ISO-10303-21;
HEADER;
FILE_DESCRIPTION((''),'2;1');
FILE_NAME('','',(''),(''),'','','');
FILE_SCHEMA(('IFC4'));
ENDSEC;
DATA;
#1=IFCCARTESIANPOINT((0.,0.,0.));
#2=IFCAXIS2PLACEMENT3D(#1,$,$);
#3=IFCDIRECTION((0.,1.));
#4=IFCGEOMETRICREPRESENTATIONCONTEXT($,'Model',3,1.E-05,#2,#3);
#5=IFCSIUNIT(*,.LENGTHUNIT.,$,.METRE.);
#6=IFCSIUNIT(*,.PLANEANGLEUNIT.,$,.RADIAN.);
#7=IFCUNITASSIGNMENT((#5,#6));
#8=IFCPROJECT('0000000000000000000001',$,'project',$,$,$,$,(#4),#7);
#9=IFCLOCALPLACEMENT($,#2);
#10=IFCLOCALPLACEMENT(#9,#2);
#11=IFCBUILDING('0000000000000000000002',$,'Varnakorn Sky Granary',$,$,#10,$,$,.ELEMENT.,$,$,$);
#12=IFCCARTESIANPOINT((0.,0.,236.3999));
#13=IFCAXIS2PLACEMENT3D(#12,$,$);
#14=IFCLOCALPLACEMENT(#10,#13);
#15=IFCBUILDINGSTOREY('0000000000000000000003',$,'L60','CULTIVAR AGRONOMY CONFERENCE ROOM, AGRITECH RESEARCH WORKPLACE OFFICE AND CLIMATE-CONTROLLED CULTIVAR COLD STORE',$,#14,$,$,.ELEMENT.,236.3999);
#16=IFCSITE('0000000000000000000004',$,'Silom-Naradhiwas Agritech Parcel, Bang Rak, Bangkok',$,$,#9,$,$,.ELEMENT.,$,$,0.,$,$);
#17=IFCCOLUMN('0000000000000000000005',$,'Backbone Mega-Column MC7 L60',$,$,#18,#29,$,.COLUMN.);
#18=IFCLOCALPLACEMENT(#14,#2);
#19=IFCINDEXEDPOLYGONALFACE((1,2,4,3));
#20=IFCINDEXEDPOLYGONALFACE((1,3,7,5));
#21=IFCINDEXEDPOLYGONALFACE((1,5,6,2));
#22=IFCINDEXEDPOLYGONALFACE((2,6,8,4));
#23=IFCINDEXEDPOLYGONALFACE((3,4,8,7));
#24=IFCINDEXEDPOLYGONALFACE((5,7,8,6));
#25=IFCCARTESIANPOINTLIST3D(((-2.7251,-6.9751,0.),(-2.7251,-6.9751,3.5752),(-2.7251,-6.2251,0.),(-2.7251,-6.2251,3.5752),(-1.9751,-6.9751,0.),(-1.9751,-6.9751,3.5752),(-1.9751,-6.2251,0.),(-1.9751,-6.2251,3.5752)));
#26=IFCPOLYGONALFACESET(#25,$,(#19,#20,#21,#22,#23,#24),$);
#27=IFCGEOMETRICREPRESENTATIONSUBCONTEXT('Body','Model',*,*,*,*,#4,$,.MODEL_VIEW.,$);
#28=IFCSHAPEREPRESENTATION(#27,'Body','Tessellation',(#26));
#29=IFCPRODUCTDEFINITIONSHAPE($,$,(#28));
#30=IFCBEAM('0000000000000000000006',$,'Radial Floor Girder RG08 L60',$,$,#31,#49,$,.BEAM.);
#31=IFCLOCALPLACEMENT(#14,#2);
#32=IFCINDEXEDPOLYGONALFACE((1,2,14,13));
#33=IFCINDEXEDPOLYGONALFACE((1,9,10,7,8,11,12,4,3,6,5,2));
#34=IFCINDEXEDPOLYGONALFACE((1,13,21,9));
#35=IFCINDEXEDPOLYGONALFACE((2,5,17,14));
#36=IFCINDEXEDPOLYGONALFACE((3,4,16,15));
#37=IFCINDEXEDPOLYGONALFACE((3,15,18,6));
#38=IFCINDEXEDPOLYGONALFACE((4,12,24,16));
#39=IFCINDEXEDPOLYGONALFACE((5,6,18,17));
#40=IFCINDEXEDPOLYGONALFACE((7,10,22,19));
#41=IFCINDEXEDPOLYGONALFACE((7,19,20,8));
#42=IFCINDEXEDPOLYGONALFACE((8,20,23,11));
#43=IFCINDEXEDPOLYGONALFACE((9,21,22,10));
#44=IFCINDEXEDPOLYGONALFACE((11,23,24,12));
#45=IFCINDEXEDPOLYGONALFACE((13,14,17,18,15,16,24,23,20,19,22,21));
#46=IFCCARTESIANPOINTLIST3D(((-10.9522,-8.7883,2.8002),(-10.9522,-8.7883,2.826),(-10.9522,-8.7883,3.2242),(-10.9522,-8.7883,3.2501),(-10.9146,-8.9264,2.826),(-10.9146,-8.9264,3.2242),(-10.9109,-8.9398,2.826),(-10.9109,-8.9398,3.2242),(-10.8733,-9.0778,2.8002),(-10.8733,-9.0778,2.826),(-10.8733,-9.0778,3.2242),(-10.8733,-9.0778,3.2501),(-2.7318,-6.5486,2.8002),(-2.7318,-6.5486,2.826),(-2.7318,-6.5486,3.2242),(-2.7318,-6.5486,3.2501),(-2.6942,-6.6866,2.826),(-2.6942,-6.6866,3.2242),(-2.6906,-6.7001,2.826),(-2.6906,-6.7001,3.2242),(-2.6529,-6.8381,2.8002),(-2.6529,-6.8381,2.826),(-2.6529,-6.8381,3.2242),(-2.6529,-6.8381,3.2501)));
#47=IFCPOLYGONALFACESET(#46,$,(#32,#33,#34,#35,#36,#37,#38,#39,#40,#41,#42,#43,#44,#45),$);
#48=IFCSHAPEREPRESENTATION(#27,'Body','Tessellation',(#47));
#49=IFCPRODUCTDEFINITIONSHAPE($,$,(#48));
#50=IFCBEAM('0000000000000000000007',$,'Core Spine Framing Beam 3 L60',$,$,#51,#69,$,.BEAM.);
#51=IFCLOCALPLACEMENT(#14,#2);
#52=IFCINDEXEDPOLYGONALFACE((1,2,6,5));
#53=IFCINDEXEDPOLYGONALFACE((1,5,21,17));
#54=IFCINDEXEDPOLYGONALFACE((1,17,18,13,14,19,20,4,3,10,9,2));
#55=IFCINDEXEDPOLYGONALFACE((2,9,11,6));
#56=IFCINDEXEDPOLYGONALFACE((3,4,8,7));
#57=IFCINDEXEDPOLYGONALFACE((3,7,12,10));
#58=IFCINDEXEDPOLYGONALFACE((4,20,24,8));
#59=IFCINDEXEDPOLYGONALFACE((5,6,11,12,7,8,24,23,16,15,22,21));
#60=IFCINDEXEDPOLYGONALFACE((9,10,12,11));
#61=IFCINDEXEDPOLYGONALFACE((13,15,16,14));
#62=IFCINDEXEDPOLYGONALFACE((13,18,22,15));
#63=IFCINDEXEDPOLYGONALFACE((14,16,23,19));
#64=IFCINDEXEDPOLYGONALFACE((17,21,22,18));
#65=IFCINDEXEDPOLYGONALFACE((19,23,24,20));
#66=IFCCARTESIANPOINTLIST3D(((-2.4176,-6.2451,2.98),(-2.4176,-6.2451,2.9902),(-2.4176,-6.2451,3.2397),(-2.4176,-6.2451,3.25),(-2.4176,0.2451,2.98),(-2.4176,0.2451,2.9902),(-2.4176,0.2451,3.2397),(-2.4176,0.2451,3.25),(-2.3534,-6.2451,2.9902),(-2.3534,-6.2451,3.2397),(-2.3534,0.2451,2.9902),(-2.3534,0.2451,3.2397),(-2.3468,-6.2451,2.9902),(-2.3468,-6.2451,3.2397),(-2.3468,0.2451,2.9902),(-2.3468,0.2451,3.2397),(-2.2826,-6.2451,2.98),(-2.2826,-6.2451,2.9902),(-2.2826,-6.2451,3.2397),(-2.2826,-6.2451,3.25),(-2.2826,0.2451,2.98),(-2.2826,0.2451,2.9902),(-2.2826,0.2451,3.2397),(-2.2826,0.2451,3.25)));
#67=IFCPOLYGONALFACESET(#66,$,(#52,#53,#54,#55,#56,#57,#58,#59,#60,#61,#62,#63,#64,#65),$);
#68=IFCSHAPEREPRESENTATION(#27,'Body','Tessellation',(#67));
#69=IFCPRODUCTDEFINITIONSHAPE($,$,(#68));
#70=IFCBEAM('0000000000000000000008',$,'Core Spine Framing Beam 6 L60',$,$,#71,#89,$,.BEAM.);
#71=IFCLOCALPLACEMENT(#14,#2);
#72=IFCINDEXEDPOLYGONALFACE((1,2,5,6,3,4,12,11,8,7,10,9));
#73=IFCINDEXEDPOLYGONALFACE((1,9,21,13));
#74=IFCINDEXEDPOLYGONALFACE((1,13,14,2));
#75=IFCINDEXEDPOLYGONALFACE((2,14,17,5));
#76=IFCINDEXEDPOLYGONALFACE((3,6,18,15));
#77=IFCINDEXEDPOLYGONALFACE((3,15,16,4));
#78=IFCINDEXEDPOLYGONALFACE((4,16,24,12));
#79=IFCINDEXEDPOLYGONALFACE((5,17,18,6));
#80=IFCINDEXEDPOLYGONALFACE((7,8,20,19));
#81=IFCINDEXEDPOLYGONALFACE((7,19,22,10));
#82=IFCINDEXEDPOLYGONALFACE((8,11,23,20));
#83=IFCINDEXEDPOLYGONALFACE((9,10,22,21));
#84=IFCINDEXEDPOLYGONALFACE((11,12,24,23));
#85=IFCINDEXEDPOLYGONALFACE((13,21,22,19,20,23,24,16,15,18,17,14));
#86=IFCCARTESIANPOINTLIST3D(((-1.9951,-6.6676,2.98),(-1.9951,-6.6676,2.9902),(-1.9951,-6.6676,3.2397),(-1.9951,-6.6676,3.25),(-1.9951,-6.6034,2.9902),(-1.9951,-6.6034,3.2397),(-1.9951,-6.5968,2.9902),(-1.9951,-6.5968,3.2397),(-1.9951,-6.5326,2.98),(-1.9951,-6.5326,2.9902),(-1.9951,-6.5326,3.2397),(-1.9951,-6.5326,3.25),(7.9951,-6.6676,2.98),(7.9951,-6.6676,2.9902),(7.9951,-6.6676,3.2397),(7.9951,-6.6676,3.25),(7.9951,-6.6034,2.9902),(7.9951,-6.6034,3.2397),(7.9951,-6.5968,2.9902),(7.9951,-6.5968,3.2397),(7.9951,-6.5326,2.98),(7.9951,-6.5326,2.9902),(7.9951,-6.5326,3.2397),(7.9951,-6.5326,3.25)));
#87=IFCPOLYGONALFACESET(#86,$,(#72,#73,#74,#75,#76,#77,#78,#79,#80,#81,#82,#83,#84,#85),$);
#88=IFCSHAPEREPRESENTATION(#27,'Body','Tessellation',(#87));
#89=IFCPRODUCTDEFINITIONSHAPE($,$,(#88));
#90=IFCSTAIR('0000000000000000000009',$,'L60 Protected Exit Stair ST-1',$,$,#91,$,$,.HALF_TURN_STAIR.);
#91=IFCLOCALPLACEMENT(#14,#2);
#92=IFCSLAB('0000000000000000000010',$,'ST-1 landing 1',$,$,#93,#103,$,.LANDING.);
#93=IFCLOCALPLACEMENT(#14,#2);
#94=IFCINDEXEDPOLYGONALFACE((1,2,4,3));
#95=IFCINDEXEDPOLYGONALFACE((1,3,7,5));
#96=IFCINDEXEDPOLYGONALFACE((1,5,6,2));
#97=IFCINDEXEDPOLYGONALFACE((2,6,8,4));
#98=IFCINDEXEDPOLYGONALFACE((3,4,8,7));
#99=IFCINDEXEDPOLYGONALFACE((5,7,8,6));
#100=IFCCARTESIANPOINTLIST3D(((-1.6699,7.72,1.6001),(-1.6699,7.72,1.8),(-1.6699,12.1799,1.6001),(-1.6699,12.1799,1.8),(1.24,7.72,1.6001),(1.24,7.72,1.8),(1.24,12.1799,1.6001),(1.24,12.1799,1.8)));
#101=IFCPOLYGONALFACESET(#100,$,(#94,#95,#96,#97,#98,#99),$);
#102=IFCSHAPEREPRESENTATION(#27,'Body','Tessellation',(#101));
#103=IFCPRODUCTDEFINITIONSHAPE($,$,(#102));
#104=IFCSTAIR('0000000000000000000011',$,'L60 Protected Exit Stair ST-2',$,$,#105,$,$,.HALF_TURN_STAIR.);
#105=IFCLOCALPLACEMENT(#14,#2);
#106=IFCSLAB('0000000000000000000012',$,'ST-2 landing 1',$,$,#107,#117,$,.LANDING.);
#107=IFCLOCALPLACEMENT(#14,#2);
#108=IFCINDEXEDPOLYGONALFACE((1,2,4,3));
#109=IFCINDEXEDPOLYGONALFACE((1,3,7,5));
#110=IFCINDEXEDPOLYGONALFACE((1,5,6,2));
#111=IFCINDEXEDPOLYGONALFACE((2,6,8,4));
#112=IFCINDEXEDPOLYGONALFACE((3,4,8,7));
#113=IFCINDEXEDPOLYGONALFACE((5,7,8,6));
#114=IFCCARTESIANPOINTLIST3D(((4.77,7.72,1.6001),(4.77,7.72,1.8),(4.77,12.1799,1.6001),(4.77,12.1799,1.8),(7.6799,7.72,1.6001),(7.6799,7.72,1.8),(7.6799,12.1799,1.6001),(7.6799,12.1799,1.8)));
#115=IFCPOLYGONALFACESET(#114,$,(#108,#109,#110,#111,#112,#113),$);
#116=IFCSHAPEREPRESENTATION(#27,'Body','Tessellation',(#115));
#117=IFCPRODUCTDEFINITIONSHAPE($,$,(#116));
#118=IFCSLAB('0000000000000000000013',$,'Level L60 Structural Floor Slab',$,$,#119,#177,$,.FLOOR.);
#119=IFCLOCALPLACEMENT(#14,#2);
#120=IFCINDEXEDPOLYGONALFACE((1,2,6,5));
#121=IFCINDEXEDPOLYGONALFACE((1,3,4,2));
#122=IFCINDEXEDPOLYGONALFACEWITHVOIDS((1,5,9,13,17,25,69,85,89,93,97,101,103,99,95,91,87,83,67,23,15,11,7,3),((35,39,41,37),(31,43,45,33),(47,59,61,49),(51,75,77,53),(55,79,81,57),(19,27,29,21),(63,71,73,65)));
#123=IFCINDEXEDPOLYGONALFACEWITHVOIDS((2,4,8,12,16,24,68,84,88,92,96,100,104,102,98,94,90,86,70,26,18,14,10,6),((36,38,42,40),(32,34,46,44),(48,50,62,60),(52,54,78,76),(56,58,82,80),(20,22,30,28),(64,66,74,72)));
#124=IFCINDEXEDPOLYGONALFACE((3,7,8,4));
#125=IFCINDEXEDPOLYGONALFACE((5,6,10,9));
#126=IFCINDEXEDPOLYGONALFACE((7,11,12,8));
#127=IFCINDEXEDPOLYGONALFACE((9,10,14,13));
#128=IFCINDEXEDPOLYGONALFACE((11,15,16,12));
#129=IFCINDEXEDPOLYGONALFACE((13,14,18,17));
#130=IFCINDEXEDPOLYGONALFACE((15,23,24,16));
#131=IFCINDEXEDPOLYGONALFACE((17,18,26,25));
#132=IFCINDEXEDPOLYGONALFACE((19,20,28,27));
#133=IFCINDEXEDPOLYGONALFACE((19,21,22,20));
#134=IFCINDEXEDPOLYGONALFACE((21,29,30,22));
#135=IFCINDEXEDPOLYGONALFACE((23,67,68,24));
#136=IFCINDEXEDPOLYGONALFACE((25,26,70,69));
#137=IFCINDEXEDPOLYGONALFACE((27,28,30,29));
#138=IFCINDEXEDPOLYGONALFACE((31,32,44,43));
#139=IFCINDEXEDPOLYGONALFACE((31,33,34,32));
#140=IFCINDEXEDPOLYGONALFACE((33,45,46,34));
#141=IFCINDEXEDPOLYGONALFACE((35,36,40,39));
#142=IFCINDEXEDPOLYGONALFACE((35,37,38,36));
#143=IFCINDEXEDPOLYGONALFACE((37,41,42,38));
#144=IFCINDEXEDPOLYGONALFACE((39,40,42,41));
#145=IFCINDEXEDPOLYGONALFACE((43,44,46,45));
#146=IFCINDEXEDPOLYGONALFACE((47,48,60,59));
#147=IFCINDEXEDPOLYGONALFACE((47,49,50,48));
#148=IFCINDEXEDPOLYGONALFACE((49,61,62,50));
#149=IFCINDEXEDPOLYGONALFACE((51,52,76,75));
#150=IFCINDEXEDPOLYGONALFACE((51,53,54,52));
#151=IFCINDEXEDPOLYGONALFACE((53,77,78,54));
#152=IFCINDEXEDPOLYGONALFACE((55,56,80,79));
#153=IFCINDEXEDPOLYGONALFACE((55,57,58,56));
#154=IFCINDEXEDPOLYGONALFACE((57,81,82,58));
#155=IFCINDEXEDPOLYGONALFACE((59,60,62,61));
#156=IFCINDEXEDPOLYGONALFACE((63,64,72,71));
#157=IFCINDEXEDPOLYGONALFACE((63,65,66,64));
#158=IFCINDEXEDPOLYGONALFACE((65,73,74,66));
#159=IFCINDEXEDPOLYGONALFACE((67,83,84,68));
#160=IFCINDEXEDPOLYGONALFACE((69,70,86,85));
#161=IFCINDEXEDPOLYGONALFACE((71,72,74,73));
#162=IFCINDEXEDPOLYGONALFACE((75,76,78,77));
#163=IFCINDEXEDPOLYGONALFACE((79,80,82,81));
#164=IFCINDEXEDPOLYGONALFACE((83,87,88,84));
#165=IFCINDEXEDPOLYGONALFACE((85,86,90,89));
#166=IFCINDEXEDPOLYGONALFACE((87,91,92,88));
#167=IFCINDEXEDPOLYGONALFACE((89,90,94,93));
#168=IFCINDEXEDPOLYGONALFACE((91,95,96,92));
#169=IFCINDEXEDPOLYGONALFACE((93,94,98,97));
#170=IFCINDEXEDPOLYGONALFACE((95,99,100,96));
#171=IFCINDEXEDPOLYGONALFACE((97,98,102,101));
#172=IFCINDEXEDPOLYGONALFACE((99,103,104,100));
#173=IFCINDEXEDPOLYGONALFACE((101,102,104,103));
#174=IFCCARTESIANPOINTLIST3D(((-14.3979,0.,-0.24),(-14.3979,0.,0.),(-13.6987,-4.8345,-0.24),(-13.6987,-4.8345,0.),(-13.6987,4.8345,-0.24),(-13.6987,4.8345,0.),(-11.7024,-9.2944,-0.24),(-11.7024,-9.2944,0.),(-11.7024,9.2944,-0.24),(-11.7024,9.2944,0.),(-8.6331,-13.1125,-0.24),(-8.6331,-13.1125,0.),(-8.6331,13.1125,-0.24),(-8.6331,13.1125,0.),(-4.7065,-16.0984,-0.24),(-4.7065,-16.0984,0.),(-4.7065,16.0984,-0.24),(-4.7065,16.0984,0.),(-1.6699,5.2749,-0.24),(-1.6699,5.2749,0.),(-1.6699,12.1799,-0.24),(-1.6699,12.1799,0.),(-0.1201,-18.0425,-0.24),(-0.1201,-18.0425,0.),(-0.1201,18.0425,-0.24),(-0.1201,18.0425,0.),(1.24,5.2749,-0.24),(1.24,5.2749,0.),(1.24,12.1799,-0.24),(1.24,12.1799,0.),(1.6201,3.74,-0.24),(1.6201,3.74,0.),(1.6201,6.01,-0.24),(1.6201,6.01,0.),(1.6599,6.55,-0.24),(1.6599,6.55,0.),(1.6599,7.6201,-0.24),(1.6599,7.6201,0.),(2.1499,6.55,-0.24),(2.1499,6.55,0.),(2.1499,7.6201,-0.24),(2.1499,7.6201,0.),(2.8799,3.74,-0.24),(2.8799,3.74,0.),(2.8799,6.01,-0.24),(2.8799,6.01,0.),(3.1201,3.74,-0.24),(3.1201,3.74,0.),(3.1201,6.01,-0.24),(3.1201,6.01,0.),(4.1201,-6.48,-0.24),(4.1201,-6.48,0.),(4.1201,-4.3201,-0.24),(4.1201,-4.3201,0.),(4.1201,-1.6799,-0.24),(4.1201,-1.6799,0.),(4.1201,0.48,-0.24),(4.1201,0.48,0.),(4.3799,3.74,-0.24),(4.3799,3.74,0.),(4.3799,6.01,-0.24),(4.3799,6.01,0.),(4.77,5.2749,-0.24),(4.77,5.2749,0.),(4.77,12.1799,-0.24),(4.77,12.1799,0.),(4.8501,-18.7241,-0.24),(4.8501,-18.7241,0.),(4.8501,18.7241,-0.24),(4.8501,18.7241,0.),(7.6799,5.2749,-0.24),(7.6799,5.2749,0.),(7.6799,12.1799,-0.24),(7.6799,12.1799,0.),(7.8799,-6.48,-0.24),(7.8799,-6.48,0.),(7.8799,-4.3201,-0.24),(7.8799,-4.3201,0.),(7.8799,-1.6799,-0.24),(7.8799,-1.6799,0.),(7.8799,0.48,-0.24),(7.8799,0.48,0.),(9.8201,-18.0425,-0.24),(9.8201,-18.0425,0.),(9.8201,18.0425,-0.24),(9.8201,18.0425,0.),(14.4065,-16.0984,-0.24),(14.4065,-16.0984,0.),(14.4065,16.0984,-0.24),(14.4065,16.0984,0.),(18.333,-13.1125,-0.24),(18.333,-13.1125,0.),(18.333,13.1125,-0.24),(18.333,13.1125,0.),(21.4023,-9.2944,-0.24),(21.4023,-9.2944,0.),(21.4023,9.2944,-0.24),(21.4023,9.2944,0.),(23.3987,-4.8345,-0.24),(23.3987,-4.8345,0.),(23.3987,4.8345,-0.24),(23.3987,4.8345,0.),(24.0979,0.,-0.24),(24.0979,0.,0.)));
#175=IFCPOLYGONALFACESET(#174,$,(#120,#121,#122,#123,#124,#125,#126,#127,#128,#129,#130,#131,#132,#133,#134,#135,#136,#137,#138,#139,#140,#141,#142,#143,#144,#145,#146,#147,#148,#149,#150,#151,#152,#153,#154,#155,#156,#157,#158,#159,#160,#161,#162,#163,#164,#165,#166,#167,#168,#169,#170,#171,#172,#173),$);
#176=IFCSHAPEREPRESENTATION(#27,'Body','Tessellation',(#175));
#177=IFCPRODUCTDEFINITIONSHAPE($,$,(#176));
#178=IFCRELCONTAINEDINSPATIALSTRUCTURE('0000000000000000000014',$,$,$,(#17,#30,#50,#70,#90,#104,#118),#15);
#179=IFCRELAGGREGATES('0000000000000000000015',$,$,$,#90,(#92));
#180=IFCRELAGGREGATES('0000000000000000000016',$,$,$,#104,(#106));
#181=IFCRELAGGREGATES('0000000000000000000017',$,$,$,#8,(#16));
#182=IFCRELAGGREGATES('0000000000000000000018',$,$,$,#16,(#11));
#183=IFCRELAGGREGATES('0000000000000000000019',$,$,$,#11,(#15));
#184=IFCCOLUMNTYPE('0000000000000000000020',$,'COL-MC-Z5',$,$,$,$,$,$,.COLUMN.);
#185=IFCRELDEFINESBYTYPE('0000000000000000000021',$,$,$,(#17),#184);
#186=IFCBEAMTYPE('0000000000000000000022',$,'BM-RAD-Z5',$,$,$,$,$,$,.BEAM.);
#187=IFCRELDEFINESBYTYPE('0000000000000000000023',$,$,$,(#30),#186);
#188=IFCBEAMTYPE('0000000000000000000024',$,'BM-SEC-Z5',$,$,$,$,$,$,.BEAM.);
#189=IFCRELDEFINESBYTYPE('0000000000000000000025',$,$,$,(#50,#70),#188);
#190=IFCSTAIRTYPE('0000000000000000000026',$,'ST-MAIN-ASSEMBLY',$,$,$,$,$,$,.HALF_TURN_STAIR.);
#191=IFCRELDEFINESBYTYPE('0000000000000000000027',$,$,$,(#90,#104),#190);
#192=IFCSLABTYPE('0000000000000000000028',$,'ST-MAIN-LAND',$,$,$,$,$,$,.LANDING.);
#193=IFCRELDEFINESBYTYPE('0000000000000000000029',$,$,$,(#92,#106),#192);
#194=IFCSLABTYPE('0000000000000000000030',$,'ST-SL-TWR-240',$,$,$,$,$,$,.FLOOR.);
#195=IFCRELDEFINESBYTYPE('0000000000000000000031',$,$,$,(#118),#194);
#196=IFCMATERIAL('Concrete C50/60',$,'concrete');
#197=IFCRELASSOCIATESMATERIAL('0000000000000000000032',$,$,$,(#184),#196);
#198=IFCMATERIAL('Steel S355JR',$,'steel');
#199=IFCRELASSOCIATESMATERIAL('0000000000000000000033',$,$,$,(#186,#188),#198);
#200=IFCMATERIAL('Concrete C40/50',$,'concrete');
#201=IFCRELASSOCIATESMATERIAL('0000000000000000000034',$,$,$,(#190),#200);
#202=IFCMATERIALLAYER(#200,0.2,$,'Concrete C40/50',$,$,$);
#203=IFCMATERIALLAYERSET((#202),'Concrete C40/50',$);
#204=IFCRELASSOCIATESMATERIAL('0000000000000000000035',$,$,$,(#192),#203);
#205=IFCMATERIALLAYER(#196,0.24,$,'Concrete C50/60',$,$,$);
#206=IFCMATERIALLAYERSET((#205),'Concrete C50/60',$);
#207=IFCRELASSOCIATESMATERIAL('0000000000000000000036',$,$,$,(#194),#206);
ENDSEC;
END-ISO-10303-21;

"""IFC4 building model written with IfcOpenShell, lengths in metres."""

from ifc_helpers import new_model, si_unit, direction, frame, origin, origin_2d, place, context, subcontext, project, spatial, polyline, rectangle, i_section, outline, extrude, material, layer, layer_set, material_profile, profile_set, type_object, element, aggregate, save


model = new_model("IFC4")

# Units and contexts
model_context = context("Model", 3, precision=1e-05, world=origin(), true_north=direction((0.0, 1.0)))
body_context = subcontext(model_context, "Body", "Model", "MODEL_VIEW")
ifc_project = project(units=[si_unit("LENGTHUNIT", "METRE"), si_unit("PLANEANGLEUNIT", "RADIAN")], contexts=[model_context])

# Site, building, storey
site_placement = place(None, origin())
site = spatial("IfcSite", under=ifc_project, at=site_placement, Name="Silom-Naradhiwas Agritech Parcel, Bang Rak, Bangkok", CompositionType="ELEMENT", RefElevation=0.0)
building_placement = place(site_placement, origin())
building = spatial("IfcBuilding", under=site, at=building_placement, Name="Varnakorn Sky Granary", CompositionType="ELEMENT")
storey_placement = place(building_placement, frame((0.0, 0.0, 236.3999)))
storey = spatial("IfcBuildingStorey", under=building, at=storey_placement, Name="L60", Description="CULTIVAR AGRONOMY CONFERENCE ROOM, AGRITECH RESEARCH WORKPLACE OFFICE AND CLIMATE-CONTROLLED CULTIVAR COLD STORE", CompositionType="ELEMENT", Elevation=236.3999)

# Column
ifc_material_1 = material(Name="Concrete C50/60", Category="concrete")
ifc_material_profile_1 = material_profile(ifc_material_1, rectangle(XDim=0.75, YDim=0.75, at=origin_2d()), Name="RC 750x750")
ifc_profile_set_1 = profile_set([ifc_material_profile_1], Name="Concrete C50/60")
column_type = type_object("IfcColumnType", Name="COL-MC-Z5", PredefinedType="COLUMN", material=ifc_profile_set_1)
column_placement = place(storey_placement, frame((-2.3501, -6.6001, 0.0), z_axis=(0.0, 0.0, 1.0), x_axis=(1.0, 0.0, 0.0)))
element("IfcColumn", 1, at=column_placement, inside=storey, type_object=column_type, Name="Backbone Mega-Column MC7 L60", PredefinedType="COLUMN", context=body_context, shape_type="SweptSolid", body=[
    extrude(rectangle(XDim=0.75, YDim=0.75, at=origin_2d()), origin(), (0.0, 0.0, 1.0), 3.5752),
])

# Beams
ifc_material_2 = material(Name="Steel S355JR", Category="steel")
ifc_material_profile_2 = material_profile(ifc_material_2, i_section(OverallWidth=0.3, OverallDepth=0.45, WebThickness=0.0139, FlangeThickness=0.0259, at=origin_2d()), Name="HE 450 B")
ifc_profile_set_2 = profile_set([ifc_material_profile_2], Name="Steel S355JR")
beam_type_1 = type_object("IfcBeamType", Name="BM-RAD-Z5", PredefinedType="BEAM", material=ifc_profile_set_2)
beam_1_placement = place(storey_placement, frame((-2.6924, -6.6934, 3.0251), z_axis=(-0.964829, -0.262877, 0.0), x_axis=(0.262877, -0.964829, 0.0)))
element("IfcBeam", 2, at=beam_1_placement, inside=storey, type_object=beam_type_1, Name="Radial Floor Girder RG08 L60", PredefinedType="BEAM", context=body_context, shape_type="SweptSolid", body=[
    extrude(i_section(OverallWidth=0.3, OverallDepth=0.45, WebThickness=0.0139, FlangeThickness=0.0259, at=origin_2d()), origin(), (0.0, 0.0, 1.0), 8.52),
])
ifc_material_profile_3 = material_profile(ifc_material_2, i_section(OverallWidth=0.135, OverallDepth=0.27, WebThickness=0.0066, FlangeThickness=0.0103, at=origin_2d()), Name="IPE 270")
ifc_profile_set_3 = profile_set([ifc_material_profile_3], Name="Steel S355JR")
beam_type_2 = type_object("IfcBeamType", Name="BM-SEC-Z5", PredefinedType="BEAM", material=ifc_profile_set_3)
beam_2_placement = place(storey_placement, frame((-2.3501, 0.2451, 3.115), z_axis=(0.0, -1.0, 0.0), x_axis=(1.0, 0.0, 0.0)))
element("IfcBeam", 3, at=beam_2_placement, inside=storey, type_object=beam_type_2, Name="Core Spine Framing Beam 3 L60", PredefinedType="BEAM", context=body_context, shape_type="SweptSolid", body=[
    extrude(i_section(OverallWidth=0.135, OverallDepth=0.27, WebThickness=0.0066, FlangeThickness=0.0103, at=origin_2d()), origin(), (0.0, 0.0, 1.0), 6.4902),
])
beam_3_placement = place(storey_placement, frame((-1.9951, -6.6001, 3.115), z_axis=(1.0, 0.0, 0.0), x_axis=(0.0, 1.0, 0.0)))
element("IfcBeam", 4, at=beam_3_placement, inside=storey, type_object=beam_type_2, Name="Core Spine Framing Beam 6 L60", PredefinedType="BEAM", context=body_context, shape_type="SweptSolid", body=[
    extrude(i_section(OverallWidth=0.135, OverallDepth=0.27, WebThickness=0.0066, FlangeThickness=0.0103, at=origin_2d()), origin(), (0.0, 0.0, 1.0), 9.9902),
])

# Stairs, slabs
ifc_material_3 = material(Name="Concrete C40/50", Category="concrete")
stair_type = type_object("IfcStairType", Name="ST-MAIN-ASSEMBLY", PredefinedType="HALF_TURN_STAIR", material=ifc_material_3)
stair_1_placement = place(storey_placement, origin())
stair_1 = element("IfcStair", 5, at=stair_1_placement, inside=storey, type_object=stair_type, Name="L60 Protected Exit Stair ST-1", PredefinedType="HALF_TURN_STAIR")
ifc_layer_1 = layer(ifc_material_3, 0.2, Name="Concrete C40/50")
ifc_layer_set_1 = layer_set([ifc_layer_1], Name="Concrete C40/50")
slab_type_1 = type_object("IfcSlabType", Name="ST-MAIN-LAND", PredefinedType="LANDING", material=ifc_layer_set_1)
slab_1_placement = place(storey_placement, frame((0.0, 0.0, 1.6001)))
slab_1 = element("IfcSlab", 6, at=slab_1_placement, type_object=slab_type_1, Name="ST-1 landing 1", PredefinedType="LANDING", context=body_context, shape_type="SweptSolid", body=[
    extrude(outline(polyline([(1.24, 7.72), (1.24, 12.1799), (-1.6699, 12.1799), (-1.6699, 7.72), (1.24, 7.72)])), origin(), (0.0, 0.0, 1.0), 0.2),
])
aggregate(stair_1, [slab_1])
stair_2_placement = place(storey_placement, origin())
stair_2 = element("IfcStair", 7, at=stair_2_placement, inside=storey, type_object=stair_type, Name="L60 Protected Exit Stair ST-2", PredefinedType="HALF_TURN_STAIR")
slab_2_placement = place(storey_placement, frame((0.0, 0.0, 1.6001)))
slab_2 = element("IfcSlab", 8, at=slab_2_placement, type_object=slab_type_1, Name="ST-2 landing 1", PredefinedType="LANDING", context=body_context, shape_type="SweptSolid", body=[
    extrude(outline(polyline([(7.6799, 7.72), (7.6799, 12.1799), (4.77, 12.1799), (4.77, 7.72), (7.6799, 7.72)])), origin(), (0.0, 0.0, 1.0), 0.2),
])
aggregate(stair_2, [slab_2])

# Slab
ifc_layer_2 = layer(ifc_material_1, 0.24, Name="Concrete C50/60")
ifc_layer_set_2 = layer_set([ifc_layer_2], Name="Concrete C50/60")
slab_type_2 = type_object("IfcSlabType", Name="ST-SL-TWR-240", PredefinedType="FLOOR", material=ifc_layer_set_2)
slab_3_placement = place(storey_placement, frame((0.0, 0.0, -0.24)))
element("IfcSlab", 9, at=slab_3_placement, inside=storey, type_object=slab_type_2, Name="Level L60 Structural Floor Slab", PredefinedType="FLOOR", context=body_context, shape_type="SweptSolid", body=[
    extrude(outline(polyline([(24.0979, 0.0), (23.3987, 4.8345), (21.4023, 9.2944), (18.333, 13.1125), (14.4065, 16.0984), (9.8201, 18.0425), (4.8501, 18.7241), (-0.1201, 18.0425), (-4.7065, 16.0984), (-8.6331, 13.1125), (-11.7024, 9.2944), (-13.6987, 4.8345), (-14.3979, 0.0), (-13.6987, -4.8345), (-11.7024, -9.2944), (-8.6331, -13.1125), (-4.7065, -16.0984), (-0.1201, -18.0425), (4.8501, -18.7241), (9.8201, -18.0425), (14.4065, -16.0984), (18.333, -13.1125), (21.4023, -9.2944), (23.3987, -4.8345), (24.0979, 0.0)]), holes=[polyline([(1.24, 5.2749), (1.24, 12.1799), (-1.6699, 12.1799), (-1.6699, 5.2749), (1.24, 5.2749)]), polyline([(7.6799, 5.2749), (7.6799, 12.1799), (4.77, 12.1799), (4.77, 5.2749), (7.6799, 5.2749)]), polyline([(1.6599, 6.55), (2.1499, 6.55), (2.1499, 7.6201), (1.6599, 7.6201), (1.6599, 6.55)]), polyline([(1.6201, 3.74), (2.8799, 3.74), (2.8799, 6.01), (1.6201, 6.01), (1.6201, 3.74)]), polyline([(3.1201, 3.74), (4.3799, 3.74), (4.3799, 6.01), (3.1201, 6.01), (3.1201, 3.74)]), polyline([(4.1201, -1.6799), (7.8799, -1.6799), (7.8799, 0.48), (4.1201, 0.48), (4.1201, -1.6799)]), polyline([(4.1201, -6.48), (7.8799, -6.48), (7.8799, -4.3201), (4.1201, -4.3201), (4.1201, -6.48)])]), origin(), (0.0, 0.0, 1.0), 0.24),
])

save(model, "model.ifc")
